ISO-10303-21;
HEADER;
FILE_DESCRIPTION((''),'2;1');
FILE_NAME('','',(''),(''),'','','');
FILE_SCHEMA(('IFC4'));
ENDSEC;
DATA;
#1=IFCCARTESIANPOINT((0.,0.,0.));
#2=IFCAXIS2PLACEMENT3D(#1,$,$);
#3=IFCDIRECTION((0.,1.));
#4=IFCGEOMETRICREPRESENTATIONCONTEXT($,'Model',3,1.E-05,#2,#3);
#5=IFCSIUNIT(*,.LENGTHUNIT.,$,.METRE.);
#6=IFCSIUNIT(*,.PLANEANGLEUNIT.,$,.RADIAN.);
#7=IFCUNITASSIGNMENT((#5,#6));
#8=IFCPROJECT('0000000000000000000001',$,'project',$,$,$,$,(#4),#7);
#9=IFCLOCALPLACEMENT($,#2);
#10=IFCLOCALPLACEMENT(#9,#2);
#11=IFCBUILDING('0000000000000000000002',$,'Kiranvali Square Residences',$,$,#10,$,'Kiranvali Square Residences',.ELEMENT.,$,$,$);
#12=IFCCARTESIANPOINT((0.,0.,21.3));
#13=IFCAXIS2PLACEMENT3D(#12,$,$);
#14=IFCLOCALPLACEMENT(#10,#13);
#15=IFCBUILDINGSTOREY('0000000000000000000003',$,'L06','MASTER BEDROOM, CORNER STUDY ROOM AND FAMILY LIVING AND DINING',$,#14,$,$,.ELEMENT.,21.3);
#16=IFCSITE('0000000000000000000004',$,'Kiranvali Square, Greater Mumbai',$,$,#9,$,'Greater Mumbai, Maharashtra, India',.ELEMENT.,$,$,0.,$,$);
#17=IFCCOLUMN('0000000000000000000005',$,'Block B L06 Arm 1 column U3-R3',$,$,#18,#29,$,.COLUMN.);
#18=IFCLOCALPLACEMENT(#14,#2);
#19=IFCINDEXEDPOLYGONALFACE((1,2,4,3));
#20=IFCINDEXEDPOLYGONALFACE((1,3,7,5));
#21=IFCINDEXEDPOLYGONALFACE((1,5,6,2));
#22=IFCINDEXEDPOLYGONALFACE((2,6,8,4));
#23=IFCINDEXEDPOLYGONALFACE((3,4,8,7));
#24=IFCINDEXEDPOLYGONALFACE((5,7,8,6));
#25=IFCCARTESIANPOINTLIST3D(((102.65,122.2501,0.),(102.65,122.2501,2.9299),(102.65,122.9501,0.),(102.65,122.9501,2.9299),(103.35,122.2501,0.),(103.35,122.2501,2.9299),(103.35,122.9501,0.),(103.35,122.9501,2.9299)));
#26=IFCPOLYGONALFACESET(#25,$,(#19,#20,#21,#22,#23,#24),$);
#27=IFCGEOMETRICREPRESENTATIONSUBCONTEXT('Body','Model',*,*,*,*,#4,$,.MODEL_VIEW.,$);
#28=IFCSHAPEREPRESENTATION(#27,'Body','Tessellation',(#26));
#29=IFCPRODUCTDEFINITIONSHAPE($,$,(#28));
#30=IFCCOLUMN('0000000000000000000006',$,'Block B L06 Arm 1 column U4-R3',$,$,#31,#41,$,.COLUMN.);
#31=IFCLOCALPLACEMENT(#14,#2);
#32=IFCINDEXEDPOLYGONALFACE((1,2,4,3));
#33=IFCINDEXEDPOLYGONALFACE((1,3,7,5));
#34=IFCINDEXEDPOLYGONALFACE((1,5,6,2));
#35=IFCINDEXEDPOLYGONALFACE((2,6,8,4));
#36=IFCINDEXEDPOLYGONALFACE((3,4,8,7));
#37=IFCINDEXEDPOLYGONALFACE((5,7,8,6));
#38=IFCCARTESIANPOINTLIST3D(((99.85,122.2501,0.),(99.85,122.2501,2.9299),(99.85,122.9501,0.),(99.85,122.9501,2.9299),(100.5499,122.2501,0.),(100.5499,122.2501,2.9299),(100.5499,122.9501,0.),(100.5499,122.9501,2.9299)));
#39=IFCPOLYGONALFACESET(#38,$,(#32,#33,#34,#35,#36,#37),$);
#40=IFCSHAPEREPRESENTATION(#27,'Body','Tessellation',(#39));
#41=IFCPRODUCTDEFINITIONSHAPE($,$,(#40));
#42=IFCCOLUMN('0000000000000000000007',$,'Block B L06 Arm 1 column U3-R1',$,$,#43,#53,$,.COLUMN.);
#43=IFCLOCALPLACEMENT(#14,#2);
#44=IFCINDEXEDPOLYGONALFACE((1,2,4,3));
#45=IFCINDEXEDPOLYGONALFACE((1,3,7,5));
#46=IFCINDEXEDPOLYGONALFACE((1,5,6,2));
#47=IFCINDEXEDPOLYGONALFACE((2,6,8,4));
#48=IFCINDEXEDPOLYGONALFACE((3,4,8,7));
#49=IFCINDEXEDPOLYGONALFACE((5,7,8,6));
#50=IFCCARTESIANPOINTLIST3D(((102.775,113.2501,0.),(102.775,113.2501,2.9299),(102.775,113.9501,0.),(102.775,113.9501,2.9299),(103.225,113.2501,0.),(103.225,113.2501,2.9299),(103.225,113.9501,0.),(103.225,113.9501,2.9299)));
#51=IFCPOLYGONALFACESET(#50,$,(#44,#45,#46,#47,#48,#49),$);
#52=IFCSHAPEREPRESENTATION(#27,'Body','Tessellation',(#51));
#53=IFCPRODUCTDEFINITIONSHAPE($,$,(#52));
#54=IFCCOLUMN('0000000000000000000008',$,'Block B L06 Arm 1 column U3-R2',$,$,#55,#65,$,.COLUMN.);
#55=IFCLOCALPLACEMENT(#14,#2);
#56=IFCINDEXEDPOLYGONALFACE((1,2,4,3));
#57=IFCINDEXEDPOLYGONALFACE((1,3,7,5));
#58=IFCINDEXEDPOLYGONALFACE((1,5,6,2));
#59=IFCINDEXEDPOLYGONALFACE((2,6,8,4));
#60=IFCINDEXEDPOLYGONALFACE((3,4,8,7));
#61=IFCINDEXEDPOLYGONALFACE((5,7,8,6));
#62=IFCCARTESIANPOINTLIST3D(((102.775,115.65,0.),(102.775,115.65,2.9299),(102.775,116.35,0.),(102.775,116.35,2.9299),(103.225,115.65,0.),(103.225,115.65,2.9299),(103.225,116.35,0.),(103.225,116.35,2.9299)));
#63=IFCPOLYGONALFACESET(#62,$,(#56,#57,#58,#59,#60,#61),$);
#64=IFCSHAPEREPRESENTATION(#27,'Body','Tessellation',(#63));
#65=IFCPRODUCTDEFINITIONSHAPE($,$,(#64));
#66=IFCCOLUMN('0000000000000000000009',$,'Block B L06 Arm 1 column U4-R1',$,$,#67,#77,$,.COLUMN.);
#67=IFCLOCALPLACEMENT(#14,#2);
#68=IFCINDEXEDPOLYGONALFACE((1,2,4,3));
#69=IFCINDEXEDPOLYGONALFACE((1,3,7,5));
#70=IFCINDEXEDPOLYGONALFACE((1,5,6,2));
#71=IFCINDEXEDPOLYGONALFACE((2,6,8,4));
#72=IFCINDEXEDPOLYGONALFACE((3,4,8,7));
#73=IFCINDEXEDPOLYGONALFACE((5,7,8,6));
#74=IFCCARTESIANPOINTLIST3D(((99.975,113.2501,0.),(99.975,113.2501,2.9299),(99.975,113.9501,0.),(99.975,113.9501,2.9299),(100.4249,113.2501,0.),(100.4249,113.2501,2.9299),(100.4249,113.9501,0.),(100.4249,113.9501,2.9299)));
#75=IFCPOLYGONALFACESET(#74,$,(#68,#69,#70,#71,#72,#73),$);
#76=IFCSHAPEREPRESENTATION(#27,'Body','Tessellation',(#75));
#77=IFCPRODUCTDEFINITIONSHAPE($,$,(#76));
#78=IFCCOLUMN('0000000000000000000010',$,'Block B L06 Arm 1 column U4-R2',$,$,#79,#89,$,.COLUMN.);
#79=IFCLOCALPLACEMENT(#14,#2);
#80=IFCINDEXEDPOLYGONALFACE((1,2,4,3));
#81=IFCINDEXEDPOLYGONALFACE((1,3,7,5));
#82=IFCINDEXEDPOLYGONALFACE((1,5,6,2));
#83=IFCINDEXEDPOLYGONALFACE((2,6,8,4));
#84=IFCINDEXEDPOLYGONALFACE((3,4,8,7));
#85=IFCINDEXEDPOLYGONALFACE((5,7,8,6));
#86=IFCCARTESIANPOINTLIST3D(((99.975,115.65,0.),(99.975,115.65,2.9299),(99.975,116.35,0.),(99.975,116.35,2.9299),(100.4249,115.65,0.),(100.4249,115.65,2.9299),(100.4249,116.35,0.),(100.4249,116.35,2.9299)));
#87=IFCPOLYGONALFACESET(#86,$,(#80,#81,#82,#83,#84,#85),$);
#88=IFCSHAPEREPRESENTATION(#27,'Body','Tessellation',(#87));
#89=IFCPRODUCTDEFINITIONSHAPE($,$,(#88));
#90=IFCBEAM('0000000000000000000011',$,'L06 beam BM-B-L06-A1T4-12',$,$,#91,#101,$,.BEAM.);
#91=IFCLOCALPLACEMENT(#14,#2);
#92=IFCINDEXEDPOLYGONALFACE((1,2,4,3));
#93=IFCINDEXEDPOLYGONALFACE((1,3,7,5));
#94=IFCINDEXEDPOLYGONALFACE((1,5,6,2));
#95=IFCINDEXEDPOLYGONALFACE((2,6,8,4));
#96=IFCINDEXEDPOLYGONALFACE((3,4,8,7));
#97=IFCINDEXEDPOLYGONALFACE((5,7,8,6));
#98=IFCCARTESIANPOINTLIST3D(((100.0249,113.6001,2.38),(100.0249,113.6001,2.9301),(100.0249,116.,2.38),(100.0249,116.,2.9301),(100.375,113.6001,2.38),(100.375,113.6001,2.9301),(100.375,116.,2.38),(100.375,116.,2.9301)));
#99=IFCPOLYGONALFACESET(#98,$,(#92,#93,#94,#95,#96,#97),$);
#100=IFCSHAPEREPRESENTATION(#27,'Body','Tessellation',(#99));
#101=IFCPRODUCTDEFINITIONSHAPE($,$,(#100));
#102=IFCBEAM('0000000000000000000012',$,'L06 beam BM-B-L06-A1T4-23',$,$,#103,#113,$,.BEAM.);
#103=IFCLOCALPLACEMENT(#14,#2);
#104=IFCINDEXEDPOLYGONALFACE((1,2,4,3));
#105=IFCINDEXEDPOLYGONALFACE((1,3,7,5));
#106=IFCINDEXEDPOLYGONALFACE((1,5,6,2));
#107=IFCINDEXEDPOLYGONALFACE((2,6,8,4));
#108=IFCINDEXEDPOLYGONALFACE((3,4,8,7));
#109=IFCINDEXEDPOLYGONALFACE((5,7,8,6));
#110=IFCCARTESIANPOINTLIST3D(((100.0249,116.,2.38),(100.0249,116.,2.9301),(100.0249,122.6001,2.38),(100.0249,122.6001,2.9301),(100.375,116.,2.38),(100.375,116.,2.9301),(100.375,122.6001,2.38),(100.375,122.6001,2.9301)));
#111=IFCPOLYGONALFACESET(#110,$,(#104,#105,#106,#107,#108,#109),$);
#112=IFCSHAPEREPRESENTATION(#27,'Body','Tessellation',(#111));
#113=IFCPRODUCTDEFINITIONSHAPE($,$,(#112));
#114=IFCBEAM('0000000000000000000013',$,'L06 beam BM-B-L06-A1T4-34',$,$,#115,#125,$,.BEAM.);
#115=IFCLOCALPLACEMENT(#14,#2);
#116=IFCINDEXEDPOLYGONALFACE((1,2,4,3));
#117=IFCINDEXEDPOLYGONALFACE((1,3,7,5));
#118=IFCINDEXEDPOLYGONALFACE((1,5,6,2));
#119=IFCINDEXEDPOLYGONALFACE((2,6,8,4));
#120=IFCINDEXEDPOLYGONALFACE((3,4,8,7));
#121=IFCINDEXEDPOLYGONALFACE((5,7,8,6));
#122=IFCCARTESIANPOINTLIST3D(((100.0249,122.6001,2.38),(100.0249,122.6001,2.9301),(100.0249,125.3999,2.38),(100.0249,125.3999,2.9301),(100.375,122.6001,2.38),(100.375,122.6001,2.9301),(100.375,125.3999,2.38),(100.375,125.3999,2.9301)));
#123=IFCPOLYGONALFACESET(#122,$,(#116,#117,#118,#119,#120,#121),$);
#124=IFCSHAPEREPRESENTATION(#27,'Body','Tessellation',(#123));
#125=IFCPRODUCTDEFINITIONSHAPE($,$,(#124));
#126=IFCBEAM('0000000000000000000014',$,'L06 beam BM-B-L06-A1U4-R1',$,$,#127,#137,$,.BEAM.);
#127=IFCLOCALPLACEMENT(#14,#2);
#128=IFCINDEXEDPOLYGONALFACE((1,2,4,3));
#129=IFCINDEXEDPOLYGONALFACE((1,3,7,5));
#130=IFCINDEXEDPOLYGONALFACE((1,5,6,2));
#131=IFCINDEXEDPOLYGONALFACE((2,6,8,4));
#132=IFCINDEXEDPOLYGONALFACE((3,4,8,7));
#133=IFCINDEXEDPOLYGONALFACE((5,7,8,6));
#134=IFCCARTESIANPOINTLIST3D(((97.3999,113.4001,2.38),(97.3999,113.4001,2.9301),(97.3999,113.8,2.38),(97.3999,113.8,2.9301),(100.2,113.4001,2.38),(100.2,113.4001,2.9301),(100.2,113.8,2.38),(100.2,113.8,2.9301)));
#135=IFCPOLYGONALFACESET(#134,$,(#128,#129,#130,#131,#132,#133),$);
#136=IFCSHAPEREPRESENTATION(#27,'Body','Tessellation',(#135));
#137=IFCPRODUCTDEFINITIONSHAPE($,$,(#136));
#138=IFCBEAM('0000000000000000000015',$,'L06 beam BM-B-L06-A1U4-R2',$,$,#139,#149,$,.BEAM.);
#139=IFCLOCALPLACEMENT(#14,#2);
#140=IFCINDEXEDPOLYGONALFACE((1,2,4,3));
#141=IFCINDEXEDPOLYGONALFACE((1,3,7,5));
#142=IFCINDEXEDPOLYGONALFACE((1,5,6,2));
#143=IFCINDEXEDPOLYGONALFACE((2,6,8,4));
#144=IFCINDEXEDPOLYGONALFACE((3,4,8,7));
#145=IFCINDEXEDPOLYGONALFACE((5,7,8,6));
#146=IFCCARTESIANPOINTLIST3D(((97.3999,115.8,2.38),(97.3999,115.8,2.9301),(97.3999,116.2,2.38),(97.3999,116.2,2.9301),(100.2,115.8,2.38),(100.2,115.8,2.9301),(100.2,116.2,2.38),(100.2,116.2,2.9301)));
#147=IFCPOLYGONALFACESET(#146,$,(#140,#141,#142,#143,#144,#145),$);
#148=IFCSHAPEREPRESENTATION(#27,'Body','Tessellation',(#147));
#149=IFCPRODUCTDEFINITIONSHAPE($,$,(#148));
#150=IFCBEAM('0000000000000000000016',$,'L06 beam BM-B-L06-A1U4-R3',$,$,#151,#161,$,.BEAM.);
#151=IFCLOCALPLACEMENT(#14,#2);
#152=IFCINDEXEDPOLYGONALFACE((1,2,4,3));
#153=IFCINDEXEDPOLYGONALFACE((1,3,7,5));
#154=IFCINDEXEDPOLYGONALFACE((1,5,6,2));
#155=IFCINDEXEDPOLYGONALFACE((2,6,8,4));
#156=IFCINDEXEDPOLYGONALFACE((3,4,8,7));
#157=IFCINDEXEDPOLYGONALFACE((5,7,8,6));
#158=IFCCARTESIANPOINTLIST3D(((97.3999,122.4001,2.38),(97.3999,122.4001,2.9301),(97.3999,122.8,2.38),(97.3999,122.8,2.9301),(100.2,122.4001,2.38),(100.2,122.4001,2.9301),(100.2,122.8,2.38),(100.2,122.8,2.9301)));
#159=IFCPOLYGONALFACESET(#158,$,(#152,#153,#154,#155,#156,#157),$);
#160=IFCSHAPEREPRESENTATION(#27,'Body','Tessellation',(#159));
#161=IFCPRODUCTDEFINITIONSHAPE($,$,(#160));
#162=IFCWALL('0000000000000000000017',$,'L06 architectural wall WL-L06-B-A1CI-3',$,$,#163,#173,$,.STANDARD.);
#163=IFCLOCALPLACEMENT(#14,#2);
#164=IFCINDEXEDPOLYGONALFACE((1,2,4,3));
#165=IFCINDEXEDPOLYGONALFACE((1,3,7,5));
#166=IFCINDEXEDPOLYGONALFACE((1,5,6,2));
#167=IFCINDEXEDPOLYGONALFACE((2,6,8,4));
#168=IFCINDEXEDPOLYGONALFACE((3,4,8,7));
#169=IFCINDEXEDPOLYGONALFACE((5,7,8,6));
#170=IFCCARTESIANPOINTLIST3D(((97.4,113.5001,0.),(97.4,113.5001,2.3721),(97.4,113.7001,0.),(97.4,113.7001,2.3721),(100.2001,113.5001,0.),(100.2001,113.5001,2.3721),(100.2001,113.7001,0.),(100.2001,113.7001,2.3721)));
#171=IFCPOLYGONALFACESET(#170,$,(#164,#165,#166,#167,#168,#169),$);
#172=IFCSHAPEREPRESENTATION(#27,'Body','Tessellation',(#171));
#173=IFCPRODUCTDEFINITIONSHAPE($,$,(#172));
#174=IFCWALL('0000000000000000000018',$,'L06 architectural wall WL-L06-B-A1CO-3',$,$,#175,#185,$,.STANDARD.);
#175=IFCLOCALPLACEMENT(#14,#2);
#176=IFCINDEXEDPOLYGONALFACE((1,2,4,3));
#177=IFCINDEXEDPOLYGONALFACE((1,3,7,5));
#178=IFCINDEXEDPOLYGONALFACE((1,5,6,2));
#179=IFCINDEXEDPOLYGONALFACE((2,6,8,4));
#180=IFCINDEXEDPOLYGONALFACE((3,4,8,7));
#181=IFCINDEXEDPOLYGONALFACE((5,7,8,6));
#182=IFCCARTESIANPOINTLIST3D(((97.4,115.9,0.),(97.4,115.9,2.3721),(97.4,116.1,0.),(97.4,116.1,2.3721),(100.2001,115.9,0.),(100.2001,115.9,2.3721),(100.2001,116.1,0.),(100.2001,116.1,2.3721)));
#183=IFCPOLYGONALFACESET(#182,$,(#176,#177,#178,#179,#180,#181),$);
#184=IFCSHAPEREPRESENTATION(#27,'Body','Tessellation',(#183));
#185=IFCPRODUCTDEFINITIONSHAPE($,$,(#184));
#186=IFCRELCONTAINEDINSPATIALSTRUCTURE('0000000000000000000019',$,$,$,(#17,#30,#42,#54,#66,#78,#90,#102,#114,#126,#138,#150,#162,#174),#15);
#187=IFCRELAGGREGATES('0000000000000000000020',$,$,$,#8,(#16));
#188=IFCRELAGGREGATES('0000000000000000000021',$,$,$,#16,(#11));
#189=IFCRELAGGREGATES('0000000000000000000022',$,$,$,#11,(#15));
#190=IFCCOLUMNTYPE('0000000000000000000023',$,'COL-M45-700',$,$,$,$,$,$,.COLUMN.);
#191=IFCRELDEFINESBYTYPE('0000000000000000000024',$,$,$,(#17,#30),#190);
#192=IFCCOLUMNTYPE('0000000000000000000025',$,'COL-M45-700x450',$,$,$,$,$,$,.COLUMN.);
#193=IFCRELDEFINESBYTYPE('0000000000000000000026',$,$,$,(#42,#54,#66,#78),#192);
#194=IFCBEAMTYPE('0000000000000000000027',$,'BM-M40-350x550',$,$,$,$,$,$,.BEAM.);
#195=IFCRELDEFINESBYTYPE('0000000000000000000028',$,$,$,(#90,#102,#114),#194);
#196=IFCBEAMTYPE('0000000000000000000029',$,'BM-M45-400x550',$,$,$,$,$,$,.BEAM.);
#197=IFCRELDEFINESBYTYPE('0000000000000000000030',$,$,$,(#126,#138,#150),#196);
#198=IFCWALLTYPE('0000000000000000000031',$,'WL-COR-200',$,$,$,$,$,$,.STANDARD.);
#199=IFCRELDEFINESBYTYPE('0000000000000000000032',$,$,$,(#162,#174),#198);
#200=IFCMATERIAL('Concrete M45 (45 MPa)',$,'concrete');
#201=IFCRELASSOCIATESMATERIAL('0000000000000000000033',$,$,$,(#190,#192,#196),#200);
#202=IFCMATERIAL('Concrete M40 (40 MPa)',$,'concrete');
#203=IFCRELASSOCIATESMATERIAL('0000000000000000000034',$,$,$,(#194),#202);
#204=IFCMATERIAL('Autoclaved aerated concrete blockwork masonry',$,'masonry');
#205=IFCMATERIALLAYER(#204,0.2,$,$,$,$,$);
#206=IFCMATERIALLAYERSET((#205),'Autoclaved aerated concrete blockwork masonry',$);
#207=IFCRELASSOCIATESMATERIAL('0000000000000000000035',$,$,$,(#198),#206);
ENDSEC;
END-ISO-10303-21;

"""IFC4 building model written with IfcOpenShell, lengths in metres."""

from ifc_helpers import new_model, si_unit, direction, frame, frame_2d, origin, origin_2d, place, context, subcontext, project, spatial, rectangle, extrude, material, layer, layer_set, material_profile, profile_set, type_object, element, save


model = new_model("IFC4")

# Units and contexts
model_context = context("Model", 3, precision=1e-05, world=origin(), true_north=direction((0.0, 1.0)))
body_context = subcontext(model_context, "Body", "Model", "MODEL_VIEW")
ifc_project = project(units=[si_unit("LENGTHUNIT", "METRE"), si_unit("PLANEANGLEUNIT", "RADIAN")], contexts=[model_context])

# Site, building, storey
site_placement = place(None, origin())
site = spatial("IfcSite", under=ifc_project, at=site_placement, Name="Kiranvali Square, Greater Mumbai", LongName="Greater Mumbai, Maharashtra, India", CompositionType="ELEMENT", RefElevation=0.0)
building_placement = place(site_placement, origin())
building = spatial("IfcBuilding", under=site, at=building_placement, Name="Kiranvali Square Residences", LongName="Kiranvali Square Residences", CompositionType="ELEMENT")
storey_placement = place(building_placement, frame((0.0, 0.0, 21.3)))
storey = spatial("IfcBuildingStorey", under=building, at=storey_placement, Name="L06", Description="MASTER BEDROOM, CORNER STUDY ROOM AND FAMILY LIVING AND DINING", CompositionType="ELEMENT", Elevation=21.3)

# Columns
ifc_material_1 = material(Name="Concrete M45 (45 MPa)", Category="concrete")
ifc_material_profile_1 = material_profile(ifc_material_1, rectangle(XDim=0.7, YDim=0.7, at=origin_2d()), Name="RC 700x700")
ifc_profile_set_1 = profile_set([ifc_material_profile_1], Name="Concrete M45 (45 MPa)")
column_type_1 = type_object("IfcColumnType", Name="COL-M45-700", PredefinedType="COLUMN", material=ifc_profile_set_1)
for number, where, z_axis, x_axis, name in (
    (1, (103.0, 122.6001, 0.0), (0.0, 0.0, 1.0), (1.0, 0.0, 0.0), "Block B L06 Arm 1 column U3-R3"),
    (2, (100.2, 122.6001, 0.0), (0.0, 0.0, 1.0), (1.0, 0.0, 0.0), "Block B L06 Arm 1 column U4-R3"),
):
    element("IfcColumn", number, at=place(storey_placement, frame(where, z_axis=z_axis, x_axis=x_axis)), inside=storey, type_object=column_type_1, Name=name, PredefinedType="COLUMN", context=body_context, shape_type="SweptSolid", body=[
        extrude(rectangle(XDim=0.7, YDim=0.7, at=origin_2d()), origin(), (0.0, 0.0, 1.0), 2.9299),
    ])
ifc_material_profile_2 = material_profile(ifc_material_1, rectangle(XDim=0.45, YDim=0.7, at=origin_2d()), Name="RC 700x450")
ifc_profile_set_2 = profile_set([ifc_material_profile_2], Name="Concrete M45 (45 MPa)")
column_type_2 = type_object("IfcColumnType", Name="COL-M45-700x450", PredefinedType="COLUMN", material=ifc_profile_set_2)
for number, where, z_axis, x_axis, name in (
    (3, (103.0, 113.6001, 0.0), (0.0, 0.0, 1.0), (1.0, 0.0, 0.0), "Block B L06 Arm 1 column U3-R1"),
    (4, (103.0, 116.0, 0.0), (0.0, 0.0, 1.0), (1.0, 0.0, 0.0), "Block B L06 Arm 1 column U3-R2"),
    (5, (100.2, 113.6001, 0.0), (0.0, 0.0, 1.0), (1.0, 0.0, 0.0), "Block B L06 Arm 1 column U4-R1"),
    (6, (100.2, 116.0, 0.0), (0.0, 0.0, 1.0), (1.0, 0.0, 0.0), "Block B L06 Arm 1 column U4-R2"),
):
    element("IfcColumn", number, at=place(storey_placement, frame(where, z_axis=z_axis, x_axis=x_axis)), inside=storey, type_object=column_type_2, Name=name, PredefinedType="COLUMN", context=body_context, shape_type="SweptSolid", body=[
        extrude(rectangle(XDim=0.45, YDim=0.7, at=origin_2d()), origin(), (0.0, 0.0, 1.0), 2.9299),
    ])

# Beams
ifc_material_2 = material(Name="Concrete M40 (40 MPa)", Category="concrete")
ifc_material_profile_3 = material_profile(ifc_material_2, rectangle(XDim=0.3501, YDim=0.55, at=origin_2d()), Name="RC 350x550")
ifc_profile_set_3 = profile_set([ifc_material_profile_3], Name="Concrete M40 (40 MPa)")
beam_type_1 = type_object("IfcBeamType", Name="BM-M40-350x550", PredefinedType="BEAM", material=ifc_profile_set_3)
beam_1_placement = place(storey_placement, frame((100.2, 113.6001, 2.655), z_axis=(0.0, 1.0, 0.0), x_axis=(-1.0, 0.0, 0.0)))
element("IfcBeam", 7, at=beam_1_placement, inside=storey, type_object=beam_type_1, Name="L06 beam BM-B-L06-A1T4-12", PredefinedType="BEAM", context=body_context, shape_type="SweptSolid", body=[
    extrude(rectangle(XDim=0.3501, YDim=0.55, at=origin_2d()), origin(), (0.0, 0.0, 1.0), 2.3999),
])
beam_2_placement = place(storey_placement, frame((100.2, 116.0, 2.655), z_axis=(0.0, 1.0, 0.0), x_axis=(-1.0, 0.0, 0.0)))
element("IfcBeam", 8, at=beam_2_placement, inside=storey, type_object=beam_type_1, Name="L06 beam BM-B-L06-A1T4-23", PredefinedType="BEAM", context=body_context, shape_type="SweptSolid", body=[
    extrude(rectangle(XDim=0.3501, YDim=0.55, at=origin_2d()), origin(), (0.0, 0.0, 1.0), 6.6001),
])
beam_3_placement = place(storey_placement, frame((100.2, 122.6001, 2.655), z_axis=(0.0, 1.0, 0.0), x_axis=(-1.0, 0.0, 0.0)))
element("IfcBeam", 9, at=beam_3_placement, inside=storey, type_object=beam_type_1, Name="L06 beam BM-B-L06-A1T4-34", PredefinedType="BEAM", context=body_context, shape_type="SweptSolid", body=[
    extrude(rectangle(XDim=0.3501, YDim=0.55, at=origin_2d()), origin(), (0.0, 0.0, 1.0), 2.7998),
])
ifc_material_profile_4 = material_profile(ifc_material_1, rectangle(XDim=0.3999, YDim=0.55, at=origin_2d()), Name="RC 400x550")
ifc_profile_set_4 = profile_set([ifc_material_profile_4], Name="Concrete M45 (45 MPa)")
beam_type_2 = type_object("IfcBeamType", Name="BM-M45-400x550", PredefinedType="BEAM", material=ifc_profile_set_4)
for number, where, z_axis, x_axis, name in (
    (10, (100.2, 113.6001, 2.655), (-1.0, 0.0, 0.0), (0.0, -1.0, 0.0), "L06 beam BM-B-L06-A1U4-R1"),
    (11, (100.2, 116.0, 2.655), (-1.0, 0.0, 0.0), (0.0, -1.0, 0.0), "L06 beam BM-B-L06-A1U4-R2"),
    (12, (100.2, 122.6001, 2.655), (-1.0, 0.0, 0.0), (0.0, -1.0, 0.0), "L06 beam BM-B-L06-A1U4-R3"),
):
    element("IfcBeam", number, at=place(storey_placement, frame(where, z_axis=z_axis, x_axis=x_axis)), inside=storey, type_object=beam_type_2, Name=name, PredefinedType="BEAM", context=body_context, shape_type="SweptSolid", body=[
        extrude(rectangle(XDim=0.3999, YDim=0.55, at=origin_2d()), origin(), (0.0, 0.0, 1.0), 2.8),
    ])

# Walls
ifc_material_3 = material(Name="Autoclaved aerated concrete blockwork masonry", Category="masonry")
ifc_layer_1 = layer(ifc_material_3, 0.2)
ifc_layer_set_1 = layer_set([ifc_layer_1], Name="Autoclaved aerated concrete blockwork masonry")
wall_type_1 = type_object("IfcWallType", Name="WL-COR-200", PredefinedType="STANDARD", material=ifc_layer_set_1)
for number, where, z_axis, x_axis, name in (
    (13, (100.2, 113.6001, 0.0), (0.0, 0.0, 1.0), (-1.0, 0.0, 0.0), "L06 architectural wall WL-L06-B-A1CI-3"),
    (14, (100.2, 116.0, 0.0), (0.0, 0.0, 1.0), (-1.0, 0.0, 0.0), "L06 architectural wall WL-L06-B-A1CO-3"),
):
    element("IfcWall", number, at=place(storey_placement, frame(where, z_axis=z_axis, x_axis=x_axis)), inside=storey, type_object=wall_type_1, Name=name, PredefinedType="STANDARD", context=body_context, shape_type="SweptSolid", body=[
        extrude(rectangle(XDim=2.8, YDim=0.2, at=frame_2d((1.3999, 0.0))), origin(), (0.0, 0.0, 1.0), 2.3721),
    ])

save(model, "model.ifc")
